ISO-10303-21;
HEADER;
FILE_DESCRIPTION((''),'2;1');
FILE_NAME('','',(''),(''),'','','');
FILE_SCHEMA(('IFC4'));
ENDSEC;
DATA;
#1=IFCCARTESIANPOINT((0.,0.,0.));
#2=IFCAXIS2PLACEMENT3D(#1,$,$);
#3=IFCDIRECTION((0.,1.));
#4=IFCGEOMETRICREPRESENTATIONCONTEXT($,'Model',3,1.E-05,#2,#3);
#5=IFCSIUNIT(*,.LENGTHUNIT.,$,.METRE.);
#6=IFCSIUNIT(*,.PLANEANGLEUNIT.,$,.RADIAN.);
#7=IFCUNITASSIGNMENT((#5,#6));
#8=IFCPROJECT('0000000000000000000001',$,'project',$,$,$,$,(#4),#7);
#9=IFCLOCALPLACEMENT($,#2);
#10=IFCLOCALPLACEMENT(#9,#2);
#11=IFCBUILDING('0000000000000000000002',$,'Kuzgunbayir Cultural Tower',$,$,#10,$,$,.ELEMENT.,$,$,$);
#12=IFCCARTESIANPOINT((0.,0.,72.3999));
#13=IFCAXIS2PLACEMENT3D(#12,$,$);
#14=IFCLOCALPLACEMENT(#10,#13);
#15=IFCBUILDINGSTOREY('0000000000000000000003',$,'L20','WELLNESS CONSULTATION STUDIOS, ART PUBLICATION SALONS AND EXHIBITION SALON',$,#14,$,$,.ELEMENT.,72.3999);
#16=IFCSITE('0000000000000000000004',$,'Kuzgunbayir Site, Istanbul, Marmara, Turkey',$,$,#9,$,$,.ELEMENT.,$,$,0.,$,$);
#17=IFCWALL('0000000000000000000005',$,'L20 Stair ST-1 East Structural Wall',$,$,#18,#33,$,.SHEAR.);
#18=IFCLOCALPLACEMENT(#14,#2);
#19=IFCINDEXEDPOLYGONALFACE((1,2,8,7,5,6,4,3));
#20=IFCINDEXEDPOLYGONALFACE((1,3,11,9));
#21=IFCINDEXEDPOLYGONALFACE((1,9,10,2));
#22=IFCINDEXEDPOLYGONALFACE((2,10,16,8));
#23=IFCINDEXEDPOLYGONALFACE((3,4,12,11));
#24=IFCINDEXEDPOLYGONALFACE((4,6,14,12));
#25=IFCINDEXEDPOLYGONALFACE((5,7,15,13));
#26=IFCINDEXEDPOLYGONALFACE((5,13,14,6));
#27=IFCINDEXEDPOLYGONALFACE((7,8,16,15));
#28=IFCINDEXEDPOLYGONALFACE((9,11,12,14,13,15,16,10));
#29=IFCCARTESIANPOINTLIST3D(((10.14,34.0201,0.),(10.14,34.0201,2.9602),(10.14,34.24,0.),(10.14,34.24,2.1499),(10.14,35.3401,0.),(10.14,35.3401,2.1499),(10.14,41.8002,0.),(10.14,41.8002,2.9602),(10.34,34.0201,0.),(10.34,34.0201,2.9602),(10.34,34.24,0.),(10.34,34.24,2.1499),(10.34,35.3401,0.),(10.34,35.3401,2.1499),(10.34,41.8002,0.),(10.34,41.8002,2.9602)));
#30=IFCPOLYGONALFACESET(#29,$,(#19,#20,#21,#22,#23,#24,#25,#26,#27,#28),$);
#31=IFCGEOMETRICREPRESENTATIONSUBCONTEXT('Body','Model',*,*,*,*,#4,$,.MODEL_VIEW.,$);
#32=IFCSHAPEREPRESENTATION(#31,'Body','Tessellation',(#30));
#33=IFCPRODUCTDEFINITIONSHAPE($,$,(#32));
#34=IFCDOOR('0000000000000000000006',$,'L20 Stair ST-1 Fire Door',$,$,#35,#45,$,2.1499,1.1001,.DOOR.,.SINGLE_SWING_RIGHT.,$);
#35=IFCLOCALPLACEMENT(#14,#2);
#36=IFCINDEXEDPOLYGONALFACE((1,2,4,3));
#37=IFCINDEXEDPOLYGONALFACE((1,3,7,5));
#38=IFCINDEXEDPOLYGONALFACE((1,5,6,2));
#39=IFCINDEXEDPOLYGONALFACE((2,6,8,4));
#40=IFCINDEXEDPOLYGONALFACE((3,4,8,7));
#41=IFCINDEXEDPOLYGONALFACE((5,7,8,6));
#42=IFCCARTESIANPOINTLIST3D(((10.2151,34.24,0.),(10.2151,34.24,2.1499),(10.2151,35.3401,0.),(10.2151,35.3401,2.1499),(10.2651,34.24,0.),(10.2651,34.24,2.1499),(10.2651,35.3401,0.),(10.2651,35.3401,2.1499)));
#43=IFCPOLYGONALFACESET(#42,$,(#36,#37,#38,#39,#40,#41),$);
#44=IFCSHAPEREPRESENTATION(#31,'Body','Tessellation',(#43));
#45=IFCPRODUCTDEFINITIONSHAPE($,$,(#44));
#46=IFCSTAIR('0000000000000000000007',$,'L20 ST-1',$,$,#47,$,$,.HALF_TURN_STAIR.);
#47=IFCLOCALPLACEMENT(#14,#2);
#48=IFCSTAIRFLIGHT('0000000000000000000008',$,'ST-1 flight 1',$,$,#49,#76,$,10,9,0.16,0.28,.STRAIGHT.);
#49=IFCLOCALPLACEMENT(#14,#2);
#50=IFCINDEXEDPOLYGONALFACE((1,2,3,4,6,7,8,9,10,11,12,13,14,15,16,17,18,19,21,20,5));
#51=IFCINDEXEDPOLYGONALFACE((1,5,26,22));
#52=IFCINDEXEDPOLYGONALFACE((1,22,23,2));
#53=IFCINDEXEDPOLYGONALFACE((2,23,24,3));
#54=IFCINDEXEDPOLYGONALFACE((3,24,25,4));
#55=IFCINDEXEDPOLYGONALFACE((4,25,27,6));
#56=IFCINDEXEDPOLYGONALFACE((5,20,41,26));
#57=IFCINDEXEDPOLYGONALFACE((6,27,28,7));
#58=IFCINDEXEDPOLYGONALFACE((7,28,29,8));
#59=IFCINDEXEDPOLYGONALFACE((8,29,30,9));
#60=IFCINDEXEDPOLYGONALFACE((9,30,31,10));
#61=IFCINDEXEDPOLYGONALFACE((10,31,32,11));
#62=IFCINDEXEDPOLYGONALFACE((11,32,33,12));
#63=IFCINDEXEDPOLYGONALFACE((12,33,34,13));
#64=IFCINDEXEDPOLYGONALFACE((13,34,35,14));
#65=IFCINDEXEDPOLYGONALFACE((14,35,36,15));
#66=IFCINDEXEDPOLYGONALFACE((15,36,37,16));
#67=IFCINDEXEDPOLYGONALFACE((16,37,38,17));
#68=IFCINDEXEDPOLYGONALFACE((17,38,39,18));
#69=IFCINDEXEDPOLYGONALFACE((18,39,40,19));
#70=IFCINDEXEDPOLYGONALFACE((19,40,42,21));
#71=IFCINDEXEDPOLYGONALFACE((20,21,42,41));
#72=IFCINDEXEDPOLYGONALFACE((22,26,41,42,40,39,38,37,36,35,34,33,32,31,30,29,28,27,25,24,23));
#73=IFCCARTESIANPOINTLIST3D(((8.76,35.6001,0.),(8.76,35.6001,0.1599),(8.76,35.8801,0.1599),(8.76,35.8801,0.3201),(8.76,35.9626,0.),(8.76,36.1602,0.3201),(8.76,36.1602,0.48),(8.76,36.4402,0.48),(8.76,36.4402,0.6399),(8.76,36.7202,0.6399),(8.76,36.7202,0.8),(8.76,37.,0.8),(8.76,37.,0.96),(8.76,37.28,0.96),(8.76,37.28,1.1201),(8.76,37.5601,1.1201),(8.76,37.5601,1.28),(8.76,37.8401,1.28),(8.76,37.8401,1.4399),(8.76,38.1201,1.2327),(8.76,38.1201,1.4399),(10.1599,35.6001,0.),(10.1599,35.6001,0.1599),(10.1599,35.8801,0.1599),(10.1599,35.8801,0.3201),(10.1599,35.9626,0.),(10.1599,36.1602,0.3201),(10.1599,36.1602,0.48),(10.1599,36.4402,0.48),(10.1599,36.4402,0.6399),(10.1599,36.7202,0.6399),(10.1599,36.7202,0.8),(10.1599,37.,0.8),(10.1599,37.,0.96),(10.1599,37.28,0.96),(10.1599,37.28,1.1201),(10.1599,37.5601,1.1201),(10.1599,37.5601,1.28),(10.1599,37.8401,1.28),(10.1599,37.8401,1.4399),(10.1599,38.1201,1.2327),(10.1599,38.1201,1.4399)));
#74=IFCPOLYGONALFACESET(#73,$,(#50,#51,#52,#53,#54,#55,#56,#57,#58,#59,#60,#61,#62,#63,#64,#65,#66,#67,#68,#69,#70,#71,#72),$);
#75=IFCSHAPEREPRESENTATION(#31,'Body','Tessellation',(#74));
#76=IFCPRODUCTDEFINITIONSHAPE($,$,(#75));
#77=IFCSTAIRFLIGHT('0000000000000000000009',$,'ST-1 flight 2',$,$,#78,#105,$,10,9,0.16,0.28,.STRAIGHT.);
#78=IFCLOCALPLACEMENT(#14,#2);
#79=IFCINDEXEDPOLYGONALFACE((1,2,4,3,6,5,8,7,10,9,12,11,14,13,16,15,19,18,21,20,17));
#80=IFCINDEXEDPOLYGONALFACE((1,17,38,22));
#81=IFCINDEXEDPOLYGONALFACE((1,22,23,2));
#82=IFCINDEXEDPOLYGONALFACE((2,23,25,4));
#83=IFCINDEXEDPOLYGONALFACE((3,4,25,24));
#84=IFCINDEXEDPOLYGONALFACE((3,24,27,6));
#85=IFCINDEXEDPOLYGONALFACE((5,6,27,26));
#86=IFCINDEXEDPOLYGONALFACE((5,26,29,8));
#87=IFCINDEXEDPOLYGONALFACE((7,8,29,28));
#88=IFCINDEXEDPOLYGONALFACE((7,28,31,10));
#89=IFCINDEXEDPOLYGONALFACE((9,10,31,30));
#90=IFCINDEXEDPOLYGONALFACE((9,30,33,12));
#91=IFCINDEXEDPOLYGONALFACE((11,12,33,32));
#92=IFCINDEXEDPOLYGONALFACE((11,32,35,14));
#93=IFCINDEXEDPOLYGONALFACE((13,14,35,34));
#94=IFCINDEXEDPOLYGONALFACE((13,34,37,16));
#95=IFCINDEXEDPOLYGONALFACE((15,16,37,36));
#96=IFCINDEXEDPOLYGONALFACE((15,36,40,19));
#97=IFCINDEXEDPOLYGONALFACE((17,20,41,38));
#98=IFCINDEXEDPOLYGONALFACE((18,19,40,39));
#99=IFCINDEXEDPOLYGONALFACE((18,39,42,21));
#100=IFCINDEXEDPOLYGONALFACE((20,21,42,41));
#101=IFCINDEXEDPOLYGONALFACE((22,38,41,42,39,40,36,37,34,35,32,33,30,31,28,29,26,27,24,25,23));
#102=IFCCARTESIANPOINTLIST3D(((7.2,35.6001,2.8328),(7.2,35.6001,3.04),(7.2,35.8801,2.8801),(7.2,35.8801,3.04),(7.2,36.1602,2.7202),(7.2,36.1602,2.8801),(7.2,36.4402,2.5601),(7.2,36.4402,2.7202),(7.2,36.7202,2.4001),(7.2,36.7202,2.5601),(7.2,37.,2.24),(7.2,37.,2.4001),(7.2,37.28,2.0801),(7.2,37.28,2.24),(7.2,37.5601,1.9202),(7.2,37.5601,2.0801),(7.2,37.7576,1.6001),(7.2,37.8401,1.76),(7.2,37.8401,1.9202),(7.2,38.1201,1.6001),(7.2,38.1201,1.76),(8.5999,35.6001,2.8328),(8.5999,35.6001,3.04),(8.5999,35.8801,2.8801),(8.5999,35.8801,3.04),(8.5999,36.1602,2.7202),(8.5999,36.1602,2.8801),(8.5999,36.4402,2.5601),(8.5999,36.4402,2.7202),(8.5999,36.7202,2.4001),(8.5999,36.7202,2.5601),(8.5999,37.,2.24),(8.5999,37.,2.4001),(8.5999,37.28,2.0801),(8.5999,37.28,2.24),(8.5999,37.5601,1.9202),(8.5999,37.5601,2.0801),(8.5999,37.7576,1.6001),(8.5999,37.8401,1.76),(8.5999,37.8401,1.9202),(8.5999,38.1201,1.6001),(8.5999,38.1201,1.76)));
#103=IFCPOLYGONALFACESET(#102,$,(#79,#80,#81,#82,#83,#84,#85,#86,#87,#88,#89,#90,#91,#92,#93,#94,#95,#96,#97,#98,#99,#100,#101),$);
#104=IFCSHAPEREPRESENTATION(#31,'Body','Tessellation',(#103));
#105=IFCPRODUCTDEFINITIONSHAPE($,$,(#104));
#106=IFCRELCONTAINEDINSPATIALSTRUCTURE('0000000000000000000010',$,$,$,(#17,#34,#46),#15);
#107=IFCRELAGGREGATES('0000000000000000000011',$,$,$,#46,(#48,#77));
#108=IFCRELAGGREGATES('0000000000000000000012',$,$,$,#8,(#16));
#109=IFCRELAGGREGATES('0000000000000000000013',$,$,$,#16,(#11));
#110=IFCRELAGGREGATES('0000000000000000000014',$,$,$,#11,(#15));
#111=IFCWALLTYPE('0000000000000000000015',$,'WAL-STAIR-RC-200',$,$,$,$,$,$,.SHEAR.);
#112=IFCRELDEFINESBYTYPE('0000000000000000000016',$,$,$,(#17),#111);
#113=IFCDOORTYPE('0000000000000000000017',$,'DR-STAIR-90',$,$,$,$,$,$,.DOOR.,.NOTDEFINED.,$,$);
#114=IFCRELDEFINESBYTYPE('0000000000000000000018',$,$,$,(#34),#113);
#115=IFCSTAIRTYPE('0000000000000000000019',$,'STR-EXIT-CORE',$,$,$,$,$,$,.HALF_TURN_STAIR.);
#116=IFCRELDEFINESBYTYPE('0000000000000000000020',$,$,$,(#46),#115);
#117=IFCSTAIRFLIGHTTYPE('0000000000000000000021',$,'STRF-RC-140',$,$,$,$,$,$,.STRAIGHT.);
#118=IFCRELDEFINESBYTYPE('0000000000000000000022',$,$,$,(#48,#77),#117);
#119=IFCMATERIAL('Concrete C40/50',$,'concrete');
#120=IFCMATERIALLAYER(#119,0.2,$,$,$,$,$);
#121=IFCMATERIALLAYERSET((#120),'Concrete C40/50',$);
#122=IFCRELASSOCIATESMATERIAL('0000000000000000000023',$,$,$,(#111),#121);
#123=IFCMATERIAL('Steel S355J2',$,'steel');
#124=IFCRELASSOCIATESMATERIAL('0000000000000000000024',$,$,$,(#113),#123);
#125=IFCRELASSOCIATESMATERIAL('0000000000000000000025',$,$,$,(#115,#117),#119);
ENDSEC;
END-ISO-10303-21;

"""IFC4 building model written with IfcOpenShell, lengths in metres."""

from ifc_helpers import new_model, si_unit, direction, frame, frame_2d, origin, place, context, subcontext, project, spatial, polyline, rectangle, outline, extrude, material, layer, layer_set, type_object, element, fill, aggregate, save


model = new_model("IFC4")

# Units and contexts
model_context = context("Model", 3, precision=1e-05, world=origin(), true_north=direction((0.0, 1.0)))
body_context = subcontext(model_context, "Body", "Model", "MODEL_VIEW")
ifc_project = project(units=[si_unit("LENGTHUNIT", "METRE"), si_unit("PLANEANGLEUNIT", "RADIAN")], contexts=[model_context])

# Site, building, storey
site_placement = place(None, origin())
site = spatial("IfcSite", under=ifc_project, at=site_placement, Name="Kuzgunbayir Site, Istanbul, Marmara, Turkey", CompositionType="ELEMENT", RefElevation=0.0)
building_placement = place(site_placement, origin())
building = spatial("IfcBuilding", under=site, at=building_placement, Name="Kuzgunbayir Cultural Tower", CompositionType="ELEMENT")
storey_placement = place(building_placement, frame((0.0, 0.0, 72.3999)))
storey = spatial("IfcBuildingStorey", under=building, at=storey_placement, Name="L20", Description="WELLNESS CONSULTATION STUDIOS, ART PUBLICATION SALONS AND EXHIBITION SALON", CompositionType="ELEMENT", Elevation=72.3999)

# Shared definitions
ifc_material_1 = material(Name="Steel S355J2", Category="steel")

# Shared definitions
ifc_material_2 = material(Name="Concrete C40/50", Category="concrete")

# Wall, opening, door
ifc_layer_1 = layer(ifc_material_2, 0.2)
ifc_layer_set_1 = layer_set([ifc_layer_1], Name="Concrete C40/50")
wall_type_1 = type_object("IfcWallType", Name="WAL-STAIR-RC-200", PredefinedType="SHEAR", material=ifc_layer_set_1)
wall_1_placement = place(storey_placement, frame((10.24, 34.02, 0.0), z_axis=(0.0, 0.0, 1.0), x_axis=(0.0, 1.0, 0.0)))
wall_1 = element("IfcWall", 1, at=wall_1_placement, inside=storey, type_object=wall_type_1, Name="L20 Stair ST-1 East Structural Wall", PredefinedType="SHEAR", context=body_context, shape_type="SweptSolid", body=[
    extrude(rectangle(XDim=7.78, YDim=0.2, at=frame_2d((3.8901, 0.0))), origin(), (0.0, 0.0, 1.0), 2.9602),
])
opening_1_placement = place(wall_1_placement, frame((0.22, 0.0, 0.0)))
opening_1 = element("IfcOpeningElement", 2, at=opening_1_placement, cuts=wall_1, PredefinedType="OPENING", context=body_context, shape_type="SweptSolid", body=[
    extrude(rectangle(XDim=1.1001, YDim=2.1499, at=frame_2d((0.55, 1.075))), frame((0.0, 0.1099, 0.0), z_axis=(0.0, -1.0, 0.0), x_axis=(1.0, 0.0, 0.0)), (0.0, 0.0, 1.0), 0.22),
])
door_type_1 = type_object("IfcDoorType", Name="DR-STAIR-90", OperationType="NOTDEFINED", PredefinedType="DOOR", material=ifc_material_1)
door_1_placement = place(opening_1_placement, origin())
door_1 = element("IfcDoor", 3, at=door_1_placement, inside=storey, type_object=door_type_1, Name="L20 Stair ST-1 Fire Door", OperationType="SINGLE_SWING_RIGHT", OverallHeight=2.1499, OverallWidth=1.1001, PredefinedType="DOOR", context=body_context, shape_type="SweptSolid", body=[
    extrude(rectangle(XDim=1.1001, YDim=2.1499, at=frame_2d((0.55, 1.075))), frame((0.0, 0.0249, 0.0), z_axis=(0.0, -1.0, 0.0), x_axis=(1.0, 0.0, 0.0)), (0.0, 0.0, 1.0), 0.05),
])
fill(opening_1, door_1)

# Stair, stair flights
stair_type = type_object("IfcStairType", Name="STR-EXIT-CORE", PredefinedType="HALF_TURN_STAIR", material=ifc_material_2)
stair_placement = place(storey_placement, origin())
stair = element("IfcStair", 4, at=stair_placement, inside=storey, type_object=stair_type, Name="L20 ST-1", PredefinedType="HALF_TURN_STAIR")
stair_flight_type = type_object("IfcStairFlightType", Name="STRF-RC-140", PredefinedType="STRAIGHT", material=ifc_material_2)
stair_flight_1_placement = place(storey_placement, frame((9.46, 35.6001, 0.0), z_axis=(0.0, 0.0, 1.0), x_axis=(0.0, 1.0, 0.0)))
stair_flight_1 = element("IfcStairFlight", 5, at=stair_flight_1_placement, type_object=stair_flight_type, Name="ST-1 flight 1", NumberOfRisers=10, NumberOfTreads=9, PredefinedType="STRAIGHT", RiserHeight=0.16, TreadLength=0.28, context=body_context, shape_type="SweptSolid", body=[
    extrude(outline(polyline([(0.0, 0.0), (0.0, 0.1599), (0.28, 0.1599), (0.28, 0.3201), (0.5601, 0.3201), (0.5601, 0.48), (0.8401, 0.48), (0.8401, 0.6399), (1.1201, 0.6399), (1.1201, 0.8), (1.3999, 0.8), (1.3999, 0.96), (1.6799, 0.96), (1.6799, 1.1201), (1.96, 1.1201), (1.96, 1.28), (2.24, 1.28), (2.24, 1.4399), (2.52, 1.4399), (2.52, 1.6001), (2.52, 1.2327), (0.3625, 0.0), (0.0, 0.0)])), frame((0.0, 0.7, 0.0), z_axis=(0.0, -1.0, 0.0), x_axis=(1.0, 0.0, 0.0)), (0.0, 0.0, 1.0), 1.3999),
])
stair_flight_2_placement = place(storey_placement, frame((7.8999, 38.1201, 1.6001), z_axis=(0.0, 0.0, 1.0), x_axis=(0.0, -1.0, 0.0)))
stair_flight_2 = element("IfcStairFlight", 6, at=stair_flight_2_placement, type_object=stair_flight_type, Name="ST-1 flight 2", NumberOfRisers=10, NumberOfTreads=9, PredefinedType="STRAIGHT", RiserHeight=0.16, TreadLength=0.28, context=body_context, shape_type="SweptSolid", body=[
    extrude(outline(polyline([(0.0, 0.0), (0.0, 0.1599), (0.28, 0.1599), (0.28, 0.3201), (0.5601, 0.3201), (0.5601, 0.48), (0.8401, 0.48), (0.8401, 0.6399), (1.1201, 0.6399), (1.1201, 0.8), (1.3999, 0.8), (1.3999, 0.96), (1.6799, 0.96), (1.6799, 1.1201), (1.96, 1.1201), (1.96, 1.28), (2.24, 1.28), (2.24, 1.4399), (2.52, 1.4399), (2.52, 1.6001), (2.52, 1.2327), (0.3625, 0.0), (0.0, 0.0)])), frame((0.0, 0.7, 0.0), z_axis=(0.0, -1.0, 0.0), x_axis=(1.0, 0.0, 0.0)), (0.0, 0.0, 1.0), 1.3999),
])
aggregate(stair, [stair_flight_1, stair_flight_2])

save(model, "model.ifc")
